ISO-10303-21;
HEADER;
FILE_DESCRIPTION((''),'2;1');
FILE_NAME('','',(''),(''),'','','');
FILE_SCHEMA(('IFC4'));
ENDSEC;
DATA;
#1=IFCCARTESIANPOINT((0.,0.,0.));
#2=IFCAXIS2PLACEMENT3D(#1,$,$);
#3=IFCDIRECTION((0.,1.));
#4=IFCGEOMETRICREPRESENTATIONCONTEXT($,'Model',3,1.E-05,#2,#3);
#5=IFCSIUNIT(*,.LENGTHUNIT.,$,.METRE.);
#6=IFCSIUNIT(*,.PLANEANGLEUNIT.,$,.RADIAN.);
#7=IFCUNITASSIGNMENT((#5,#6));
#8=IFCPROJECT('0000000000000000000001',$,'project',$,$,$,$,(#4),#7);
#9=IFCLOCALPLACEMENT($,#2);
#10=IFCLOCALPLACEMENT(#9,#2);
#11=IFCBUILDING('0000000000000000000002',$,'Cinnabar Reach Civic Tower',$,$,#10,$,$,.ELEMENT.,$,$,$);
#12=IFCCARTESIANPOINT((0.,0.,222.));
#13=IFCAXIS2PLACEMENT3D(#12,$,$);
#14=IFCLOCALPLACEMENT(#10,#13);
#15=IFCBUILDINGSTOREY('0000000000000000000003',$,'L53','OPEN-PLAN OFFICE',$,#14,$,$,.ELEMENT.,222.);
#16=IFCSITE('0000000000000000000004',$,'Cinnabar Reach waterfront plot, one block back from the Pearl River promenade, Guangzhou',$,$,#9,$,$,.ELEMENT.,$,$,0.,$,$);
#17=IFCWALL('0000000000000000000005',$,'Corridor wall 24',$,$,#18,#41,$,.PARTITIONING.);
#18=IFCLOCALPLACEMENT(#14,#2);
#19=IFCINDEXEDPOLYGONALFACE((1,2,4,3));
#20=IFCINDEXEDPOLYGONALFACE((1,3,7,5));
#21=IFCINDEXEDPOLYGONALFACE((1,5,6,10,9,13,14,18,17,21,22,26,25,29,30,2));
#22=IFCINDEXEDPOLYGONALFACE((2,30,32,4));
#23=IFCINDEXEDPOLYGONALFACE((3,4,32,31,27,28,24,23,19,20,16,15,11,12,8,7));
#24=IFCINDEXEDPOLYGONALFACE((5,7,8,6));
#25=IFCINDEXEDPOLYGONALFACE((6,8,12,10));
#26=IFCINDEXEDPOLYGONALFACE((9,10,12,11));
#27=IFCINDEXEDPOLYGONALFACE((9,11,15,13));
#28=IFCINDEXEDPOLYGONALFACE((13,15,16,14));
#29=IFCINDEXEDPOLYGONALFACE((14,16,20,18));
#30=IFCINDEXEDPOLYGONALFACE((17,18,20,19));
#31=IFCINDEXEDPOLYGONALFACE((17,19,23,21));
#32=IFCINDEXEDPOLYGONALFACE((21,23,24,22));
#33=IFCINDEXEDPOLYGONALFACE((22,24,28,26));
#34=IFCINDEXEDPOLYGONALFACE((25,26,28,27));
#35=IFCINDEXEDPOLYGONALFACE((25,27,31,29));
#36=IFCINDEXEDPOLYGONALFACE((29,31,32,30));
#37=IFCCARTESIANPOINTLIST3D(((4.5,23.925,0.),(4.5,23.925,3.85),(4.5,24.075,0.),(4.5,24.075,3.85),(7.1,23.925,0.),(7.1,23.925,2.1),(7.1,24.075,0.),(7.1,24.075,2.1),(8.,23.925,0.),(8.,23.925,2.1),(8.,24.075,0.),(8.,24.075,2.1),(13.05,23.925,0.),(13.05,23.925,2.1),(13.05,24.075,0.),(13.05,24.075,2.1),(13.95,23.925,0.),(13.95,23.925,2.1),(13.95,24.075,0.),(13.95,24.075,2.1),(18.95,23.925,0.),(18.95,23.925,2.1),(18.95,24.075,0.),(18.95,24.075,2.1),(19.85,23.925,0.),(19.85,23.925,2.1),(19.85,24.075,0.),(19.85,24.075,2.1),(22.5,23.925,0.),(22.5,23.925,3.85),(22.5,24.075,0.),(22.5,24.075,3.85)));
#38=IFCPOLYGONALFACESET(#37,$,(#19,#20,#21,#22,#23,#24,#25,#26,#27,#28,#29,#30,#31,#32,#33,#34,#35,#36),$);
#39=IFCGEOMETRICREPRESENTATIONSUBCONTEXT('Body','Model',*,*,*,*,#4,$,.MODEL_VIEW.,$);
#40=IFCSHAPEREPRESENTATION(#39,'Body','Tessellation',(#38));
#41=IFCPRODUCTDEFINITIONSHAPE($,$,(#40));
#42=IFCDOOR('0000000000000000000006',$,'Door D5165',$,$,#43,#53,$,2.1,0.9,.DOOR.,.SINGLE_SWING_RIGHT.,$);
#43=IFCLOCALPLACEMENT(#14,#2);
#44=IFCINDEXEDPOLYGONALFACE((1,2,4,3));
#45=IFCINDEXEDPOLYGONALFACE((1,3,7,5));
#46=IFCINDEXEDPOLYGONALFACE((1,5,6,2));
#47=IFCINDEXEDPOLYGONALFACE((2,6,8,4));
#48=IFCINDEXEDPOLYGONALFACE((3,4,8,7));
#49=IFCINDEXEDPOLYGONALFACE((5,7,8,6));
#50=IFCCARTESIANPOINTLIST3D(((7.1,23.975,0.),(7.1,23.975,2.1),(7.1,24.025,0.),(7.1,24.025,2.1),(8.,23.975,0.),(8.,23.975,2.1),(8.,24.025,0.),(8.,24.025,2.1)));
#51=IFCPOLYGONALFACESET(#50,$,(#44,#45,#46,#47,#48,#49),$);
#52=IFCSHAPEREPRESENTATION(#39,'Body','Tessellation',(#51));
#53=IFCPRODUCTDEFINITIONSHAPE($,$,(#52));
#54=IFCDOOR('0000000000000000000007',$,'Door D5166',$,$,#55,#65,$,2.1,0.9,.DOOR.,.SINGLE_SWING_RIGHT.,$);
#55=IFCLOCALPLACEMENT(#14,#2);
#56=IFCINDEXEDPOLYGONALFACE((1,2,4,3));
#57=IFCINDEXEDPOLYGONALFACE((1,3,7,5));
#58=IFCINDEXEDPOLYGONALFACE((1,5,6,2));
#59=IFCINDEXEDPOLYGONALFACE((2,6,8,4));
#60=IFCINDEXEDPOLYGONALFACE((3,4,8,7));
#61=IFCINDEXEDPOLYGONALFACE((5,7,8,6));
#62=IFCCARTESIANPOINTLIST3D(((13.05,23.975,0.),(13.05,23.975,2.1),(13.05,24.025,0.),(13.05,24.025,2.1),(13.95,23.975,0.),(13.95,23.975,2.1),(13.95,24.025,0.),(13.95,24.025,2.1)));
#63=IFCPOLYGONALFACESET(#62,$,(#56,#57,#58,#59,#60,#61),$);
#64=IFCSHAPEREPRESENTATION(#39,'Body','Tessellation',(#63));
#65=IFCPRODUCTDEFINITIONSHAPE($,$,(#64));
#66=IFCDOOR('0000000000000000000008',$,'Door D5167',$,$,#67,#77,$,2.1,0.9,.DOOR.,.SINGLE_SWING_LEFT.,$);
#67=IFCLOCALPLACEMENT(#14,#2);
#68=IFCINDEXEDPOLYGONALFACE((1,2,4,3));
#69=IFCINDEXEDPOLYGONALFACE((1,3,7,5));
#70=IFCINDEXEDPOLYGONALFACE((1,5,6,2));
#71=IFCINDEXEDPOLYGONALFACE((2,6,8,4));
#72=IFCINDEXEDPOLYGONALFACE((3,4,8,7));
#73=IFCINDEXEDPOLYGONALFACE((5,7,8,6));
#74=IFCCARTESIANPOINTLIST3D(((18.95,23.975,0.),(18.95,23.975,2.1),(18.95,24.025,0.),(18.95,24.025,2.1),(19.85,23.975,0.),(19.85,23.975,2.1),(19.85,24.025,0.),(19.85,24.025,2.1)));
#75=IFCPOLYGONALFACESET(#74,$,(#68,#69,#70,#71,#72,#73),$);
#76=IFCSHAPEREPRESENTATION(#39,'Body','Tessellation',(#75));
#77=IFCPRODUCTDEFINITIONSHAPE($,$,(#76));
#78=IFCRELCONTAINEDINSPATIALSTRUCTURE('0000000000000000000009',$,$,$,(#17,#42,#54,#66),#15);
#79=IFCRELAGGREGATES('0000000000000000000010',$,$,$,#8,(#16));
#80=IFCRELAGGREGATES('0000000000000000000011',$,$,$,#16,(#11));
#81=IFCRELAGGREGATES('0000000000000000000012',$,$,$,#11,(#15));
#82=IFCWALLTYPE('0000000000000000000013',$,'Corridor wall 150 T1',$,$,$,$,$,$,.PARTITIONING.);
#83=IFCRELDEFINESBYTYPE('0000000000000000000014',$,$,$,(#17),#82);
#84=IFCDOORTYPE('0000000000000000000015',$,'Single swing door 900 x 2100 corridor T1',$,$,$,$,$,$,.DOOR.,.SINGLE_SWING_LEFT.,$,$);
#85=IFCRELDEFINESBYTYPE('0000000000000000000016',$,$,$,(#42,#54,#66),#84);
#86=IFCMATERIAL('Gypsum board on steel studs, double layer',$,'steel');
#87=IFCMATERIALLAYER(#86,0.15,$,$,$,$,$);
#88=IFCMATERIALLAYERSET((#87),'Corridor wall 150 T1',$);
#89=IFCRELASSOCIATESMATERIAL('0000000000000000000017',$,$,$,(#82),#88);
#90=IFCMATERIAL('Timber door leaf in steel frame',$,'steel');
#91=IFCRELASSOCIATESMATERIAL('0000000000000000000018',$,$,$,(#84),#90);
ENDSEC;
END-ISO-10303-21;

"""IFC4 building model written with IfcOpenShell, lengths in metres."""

from ifc_helpers import new_model, si_unit, direction, frame, frame_2d, origin, place, context, subcontext, project, spatial, rectangle, extrude, material, layer, layer_set, type_object, element, fill, save


model = new_model("IFC4")

# Units and contexts
model_context = context("Model", 3, precision=1e-05, world=origin(), true_north=direction((0.0, 1.0)))
body_context = subcontext(model_context, "Body", "Model", "MODEL_VIEW")
ifc_project = project(units=[si_unit("LENGTHUNIT", "METRE"), si_unit("PLANEANGLEUNIT", "RADIAN")], contexts=[model_context])

# Site, building, storey
site_placement = place(None, origin())
site = spatial("IfcSite", under=ifc_project, at=site_placement, Name="Cinnabar Reach waterfront plot, one block back from the Pearl River promenade, Guangzhou", CompositionType="ELEMENT", RefElevation=0.0)
building_placement = place(site_placement, origin())
building = spatial("IfcBuilding", under=site, at=building_placement, Name="Cinnabar Reach Civic Tower", CompositionType="ELEMENT")
storey_placement = place(building_placement, frame((0.0, 0.0, 222.0)))
storey = spatial("IfcBuildingStorey", under=building, at=storey_placement, Name="L53", Description="OPEN-PLAN OFFICE", CompositionType="ELEMENT", Elevation=222.0)

# Shared definitions
ifc_material_1 = material(Name="Timber door leaf in steel frame", Category="steel")

# Wall, openings, doors
ifc_material_2 = material(Name="Gypsum board on steel studs, double layer", Category="steel")
ifc_layer_1 = layer(ifc_material_2, 0.15)
ifc_layer_set_1 = layer_set([ifc_layer_1], Name="Corridor wall 150 T1")
wall_type_1 = type_object("IfcWallType", Name="Corridor wall 150 T1", PredefinedType="PARTITIONING", material=ifc_layer_set_1)
wall_1_placement = place(storey_placement, frame((4.5, 24.0, 0.0), z_axis=(0.0, 0.0, 1.0), x_axis=(1.0, 0.0, 0.0)))
wall_1 = element("IfcWall", 1, at=wall_1_placement, inside=storey, type_object=wall_type_1, Name="Corridor wall 24", PredefinedType="PARTITIONING", context=body_context, shape_type="SweptSolid", body=[
    extrude(rectangle(XDim=18.0, YDim=0.15, at=frame_2d((9.0, 0.0))), origin(), (0.0, 0.0, 1.0), 3.85),
])
opening_1_placement = place(wall_1_placement, frame((2.6, 0.0, 0.0)))
opening_1 = element("IfcOpeningElement", 2, at=opening_1_placement, cuts=wall_1, PredefinedType="OPENING", context=body_context, shape_type="SweptSolid", body=[
    extrude(rectangle(XDim=0.9, YDim=2.1, at=frame_2d((0.45, 1.05))), frame((0.0, 0.085, 0.0), z_axis=(0.0, -1.0, 0.0), x_axis=(1.0, 0.0, 0.0)), (0.0, 0.0, 1.0), 0.17),
])
opening_2_placement = place(wall_1_placement, frame((8.55, 0.0, 0.0)))
opening_2 = element("IfcOpeningElement", 3, at=opening_2_placement, cuts=wall_1, PredefinedType="OPENING", context=body_context, shape_type="SweptSolid", body=[
    extrude(rectangle(XDim=0.9, YDim=2.1, at=frame_2d((0.45, 1.05))), frame((0.0, 0.085, 0.0), z_axis=(0.0, -1.0, 0.0), x_axis=(1.0, 0.0, 0.0)), (0.0, 0.0, 1.0), 0.17),
])
opening_3_placement = place(wall_1_placement, frame((14.45, 0.0, 0.0)))
opening_3 = element("IfcOpeningElement", 4, at=opening_3_placement, cuts=wall_1, PredefinedType="OPENING", context=body_context, shape_type="SweptSolid", body=[
    extrude(rectangle(XDim=0.9, YDim=2.1, at=frame_2d((0.45, 1.05))), frame((0.0, 0.085, 0.0), z_axis=(0.0, -1.0, 0.0), x_axis=(1.0, 0.0, 0.0)), (0.0, 0.0, 1.0), 0.17),
])
door_type_1 = type_object("IfcDoorType", Name="Single swing door 900 x 2100 corridor T1", OperationType="SINGLE_SWING_LEFT", PredefinedType="DOOR", material=ifc_material_1)
door_1_placement = place(opening_1_placement, frame((0.9, 0.0, 0.0), z_axis=(0.0, 0.0, 1.0), x_axis=(-1.0, 0.0, 0.0)))
door_1 = element("IfcDoor", 5, at=door_1_placement, inside=storey, type_object=door_type_1, Name="Door D5165", OperationType="SINGLE_SWING_RIGHT", OverallHeight=2.1, OverallWidth=0.9, PredefinedType="DOOR", context=body_context, shape_type="SweptSolid", body=[
    extrude(rectangle(XDim=0.9, YDim=2.1, at=frame_2d((0.45, 1.05))), frame((0.0, 0.025, 0.0), z_axis=(0.0, -1.0, 0.0), x_axis=(1.0, 0.0, 0.0)), (0.0, 0.0, 1.0), 0.05),
])
fill(opening_1, door_1)
door_2_placement = place(opening_2_placement, frame((0.9, 0.0, 0.0), z_axis=(0.0, 0.0, 1.0), x_axis=(-1.0, 0.0, 0.0)))
door_2 = element("IfcDoor", 6, at=door_2_placement, inside=storey, type_object=door_type_1, Name="Door D5166", OperationType="SINGLE_SWING_RIGHT", OverallHeight=2.1, OverallWidth=0.9, PredefinedType="DOOR", context=body_context, shape_type="SweptSolid", body=[
    extrude(rectangle(XDim=0.9, YDim=2.1, at=frame_2d((0.45, 1.05))), frame((0.0, 0.025, 0.0), z_axis=(0.0, -1.0, 0.0), x_axis=(1.0, 0.0, 0.0)), (0.0, 0.0, 1.0), 0.05),
])
fill(opening_2, door_2)
door_3_placement = place(opening_3_placement, frame((0.9, 0.0, 0.0), z_axis=(0.0, 0.0, 1.0), x_axis=(-1.0, 0.0, 0.0)))
door_3 = element("IfcDoor", 7, at=door_3_placement, inside=storey, type_object=door_type_1, Name="Door D5167", OperationType="SINGLE_SWING_LEFT", OverallHeight=2.1, OverallWidth=0.9, PredefinedType="DOOR", context=body_context, shape_type="SweptSolid", body=[
    extrude(rectangle(XDim=0.9, YDim=2.1, at=frame_2d((0.45, 1.05))), frame((0.0, 0.025, 0.0), z_axis=(0.0, -1.0, 0.0), x_axis=(1.0, 0.0, 0.0)), (0.0, 0.0, 1.0), 0.05),
])
fill(opening_3, door_3)

save(model, "model.ifc")
